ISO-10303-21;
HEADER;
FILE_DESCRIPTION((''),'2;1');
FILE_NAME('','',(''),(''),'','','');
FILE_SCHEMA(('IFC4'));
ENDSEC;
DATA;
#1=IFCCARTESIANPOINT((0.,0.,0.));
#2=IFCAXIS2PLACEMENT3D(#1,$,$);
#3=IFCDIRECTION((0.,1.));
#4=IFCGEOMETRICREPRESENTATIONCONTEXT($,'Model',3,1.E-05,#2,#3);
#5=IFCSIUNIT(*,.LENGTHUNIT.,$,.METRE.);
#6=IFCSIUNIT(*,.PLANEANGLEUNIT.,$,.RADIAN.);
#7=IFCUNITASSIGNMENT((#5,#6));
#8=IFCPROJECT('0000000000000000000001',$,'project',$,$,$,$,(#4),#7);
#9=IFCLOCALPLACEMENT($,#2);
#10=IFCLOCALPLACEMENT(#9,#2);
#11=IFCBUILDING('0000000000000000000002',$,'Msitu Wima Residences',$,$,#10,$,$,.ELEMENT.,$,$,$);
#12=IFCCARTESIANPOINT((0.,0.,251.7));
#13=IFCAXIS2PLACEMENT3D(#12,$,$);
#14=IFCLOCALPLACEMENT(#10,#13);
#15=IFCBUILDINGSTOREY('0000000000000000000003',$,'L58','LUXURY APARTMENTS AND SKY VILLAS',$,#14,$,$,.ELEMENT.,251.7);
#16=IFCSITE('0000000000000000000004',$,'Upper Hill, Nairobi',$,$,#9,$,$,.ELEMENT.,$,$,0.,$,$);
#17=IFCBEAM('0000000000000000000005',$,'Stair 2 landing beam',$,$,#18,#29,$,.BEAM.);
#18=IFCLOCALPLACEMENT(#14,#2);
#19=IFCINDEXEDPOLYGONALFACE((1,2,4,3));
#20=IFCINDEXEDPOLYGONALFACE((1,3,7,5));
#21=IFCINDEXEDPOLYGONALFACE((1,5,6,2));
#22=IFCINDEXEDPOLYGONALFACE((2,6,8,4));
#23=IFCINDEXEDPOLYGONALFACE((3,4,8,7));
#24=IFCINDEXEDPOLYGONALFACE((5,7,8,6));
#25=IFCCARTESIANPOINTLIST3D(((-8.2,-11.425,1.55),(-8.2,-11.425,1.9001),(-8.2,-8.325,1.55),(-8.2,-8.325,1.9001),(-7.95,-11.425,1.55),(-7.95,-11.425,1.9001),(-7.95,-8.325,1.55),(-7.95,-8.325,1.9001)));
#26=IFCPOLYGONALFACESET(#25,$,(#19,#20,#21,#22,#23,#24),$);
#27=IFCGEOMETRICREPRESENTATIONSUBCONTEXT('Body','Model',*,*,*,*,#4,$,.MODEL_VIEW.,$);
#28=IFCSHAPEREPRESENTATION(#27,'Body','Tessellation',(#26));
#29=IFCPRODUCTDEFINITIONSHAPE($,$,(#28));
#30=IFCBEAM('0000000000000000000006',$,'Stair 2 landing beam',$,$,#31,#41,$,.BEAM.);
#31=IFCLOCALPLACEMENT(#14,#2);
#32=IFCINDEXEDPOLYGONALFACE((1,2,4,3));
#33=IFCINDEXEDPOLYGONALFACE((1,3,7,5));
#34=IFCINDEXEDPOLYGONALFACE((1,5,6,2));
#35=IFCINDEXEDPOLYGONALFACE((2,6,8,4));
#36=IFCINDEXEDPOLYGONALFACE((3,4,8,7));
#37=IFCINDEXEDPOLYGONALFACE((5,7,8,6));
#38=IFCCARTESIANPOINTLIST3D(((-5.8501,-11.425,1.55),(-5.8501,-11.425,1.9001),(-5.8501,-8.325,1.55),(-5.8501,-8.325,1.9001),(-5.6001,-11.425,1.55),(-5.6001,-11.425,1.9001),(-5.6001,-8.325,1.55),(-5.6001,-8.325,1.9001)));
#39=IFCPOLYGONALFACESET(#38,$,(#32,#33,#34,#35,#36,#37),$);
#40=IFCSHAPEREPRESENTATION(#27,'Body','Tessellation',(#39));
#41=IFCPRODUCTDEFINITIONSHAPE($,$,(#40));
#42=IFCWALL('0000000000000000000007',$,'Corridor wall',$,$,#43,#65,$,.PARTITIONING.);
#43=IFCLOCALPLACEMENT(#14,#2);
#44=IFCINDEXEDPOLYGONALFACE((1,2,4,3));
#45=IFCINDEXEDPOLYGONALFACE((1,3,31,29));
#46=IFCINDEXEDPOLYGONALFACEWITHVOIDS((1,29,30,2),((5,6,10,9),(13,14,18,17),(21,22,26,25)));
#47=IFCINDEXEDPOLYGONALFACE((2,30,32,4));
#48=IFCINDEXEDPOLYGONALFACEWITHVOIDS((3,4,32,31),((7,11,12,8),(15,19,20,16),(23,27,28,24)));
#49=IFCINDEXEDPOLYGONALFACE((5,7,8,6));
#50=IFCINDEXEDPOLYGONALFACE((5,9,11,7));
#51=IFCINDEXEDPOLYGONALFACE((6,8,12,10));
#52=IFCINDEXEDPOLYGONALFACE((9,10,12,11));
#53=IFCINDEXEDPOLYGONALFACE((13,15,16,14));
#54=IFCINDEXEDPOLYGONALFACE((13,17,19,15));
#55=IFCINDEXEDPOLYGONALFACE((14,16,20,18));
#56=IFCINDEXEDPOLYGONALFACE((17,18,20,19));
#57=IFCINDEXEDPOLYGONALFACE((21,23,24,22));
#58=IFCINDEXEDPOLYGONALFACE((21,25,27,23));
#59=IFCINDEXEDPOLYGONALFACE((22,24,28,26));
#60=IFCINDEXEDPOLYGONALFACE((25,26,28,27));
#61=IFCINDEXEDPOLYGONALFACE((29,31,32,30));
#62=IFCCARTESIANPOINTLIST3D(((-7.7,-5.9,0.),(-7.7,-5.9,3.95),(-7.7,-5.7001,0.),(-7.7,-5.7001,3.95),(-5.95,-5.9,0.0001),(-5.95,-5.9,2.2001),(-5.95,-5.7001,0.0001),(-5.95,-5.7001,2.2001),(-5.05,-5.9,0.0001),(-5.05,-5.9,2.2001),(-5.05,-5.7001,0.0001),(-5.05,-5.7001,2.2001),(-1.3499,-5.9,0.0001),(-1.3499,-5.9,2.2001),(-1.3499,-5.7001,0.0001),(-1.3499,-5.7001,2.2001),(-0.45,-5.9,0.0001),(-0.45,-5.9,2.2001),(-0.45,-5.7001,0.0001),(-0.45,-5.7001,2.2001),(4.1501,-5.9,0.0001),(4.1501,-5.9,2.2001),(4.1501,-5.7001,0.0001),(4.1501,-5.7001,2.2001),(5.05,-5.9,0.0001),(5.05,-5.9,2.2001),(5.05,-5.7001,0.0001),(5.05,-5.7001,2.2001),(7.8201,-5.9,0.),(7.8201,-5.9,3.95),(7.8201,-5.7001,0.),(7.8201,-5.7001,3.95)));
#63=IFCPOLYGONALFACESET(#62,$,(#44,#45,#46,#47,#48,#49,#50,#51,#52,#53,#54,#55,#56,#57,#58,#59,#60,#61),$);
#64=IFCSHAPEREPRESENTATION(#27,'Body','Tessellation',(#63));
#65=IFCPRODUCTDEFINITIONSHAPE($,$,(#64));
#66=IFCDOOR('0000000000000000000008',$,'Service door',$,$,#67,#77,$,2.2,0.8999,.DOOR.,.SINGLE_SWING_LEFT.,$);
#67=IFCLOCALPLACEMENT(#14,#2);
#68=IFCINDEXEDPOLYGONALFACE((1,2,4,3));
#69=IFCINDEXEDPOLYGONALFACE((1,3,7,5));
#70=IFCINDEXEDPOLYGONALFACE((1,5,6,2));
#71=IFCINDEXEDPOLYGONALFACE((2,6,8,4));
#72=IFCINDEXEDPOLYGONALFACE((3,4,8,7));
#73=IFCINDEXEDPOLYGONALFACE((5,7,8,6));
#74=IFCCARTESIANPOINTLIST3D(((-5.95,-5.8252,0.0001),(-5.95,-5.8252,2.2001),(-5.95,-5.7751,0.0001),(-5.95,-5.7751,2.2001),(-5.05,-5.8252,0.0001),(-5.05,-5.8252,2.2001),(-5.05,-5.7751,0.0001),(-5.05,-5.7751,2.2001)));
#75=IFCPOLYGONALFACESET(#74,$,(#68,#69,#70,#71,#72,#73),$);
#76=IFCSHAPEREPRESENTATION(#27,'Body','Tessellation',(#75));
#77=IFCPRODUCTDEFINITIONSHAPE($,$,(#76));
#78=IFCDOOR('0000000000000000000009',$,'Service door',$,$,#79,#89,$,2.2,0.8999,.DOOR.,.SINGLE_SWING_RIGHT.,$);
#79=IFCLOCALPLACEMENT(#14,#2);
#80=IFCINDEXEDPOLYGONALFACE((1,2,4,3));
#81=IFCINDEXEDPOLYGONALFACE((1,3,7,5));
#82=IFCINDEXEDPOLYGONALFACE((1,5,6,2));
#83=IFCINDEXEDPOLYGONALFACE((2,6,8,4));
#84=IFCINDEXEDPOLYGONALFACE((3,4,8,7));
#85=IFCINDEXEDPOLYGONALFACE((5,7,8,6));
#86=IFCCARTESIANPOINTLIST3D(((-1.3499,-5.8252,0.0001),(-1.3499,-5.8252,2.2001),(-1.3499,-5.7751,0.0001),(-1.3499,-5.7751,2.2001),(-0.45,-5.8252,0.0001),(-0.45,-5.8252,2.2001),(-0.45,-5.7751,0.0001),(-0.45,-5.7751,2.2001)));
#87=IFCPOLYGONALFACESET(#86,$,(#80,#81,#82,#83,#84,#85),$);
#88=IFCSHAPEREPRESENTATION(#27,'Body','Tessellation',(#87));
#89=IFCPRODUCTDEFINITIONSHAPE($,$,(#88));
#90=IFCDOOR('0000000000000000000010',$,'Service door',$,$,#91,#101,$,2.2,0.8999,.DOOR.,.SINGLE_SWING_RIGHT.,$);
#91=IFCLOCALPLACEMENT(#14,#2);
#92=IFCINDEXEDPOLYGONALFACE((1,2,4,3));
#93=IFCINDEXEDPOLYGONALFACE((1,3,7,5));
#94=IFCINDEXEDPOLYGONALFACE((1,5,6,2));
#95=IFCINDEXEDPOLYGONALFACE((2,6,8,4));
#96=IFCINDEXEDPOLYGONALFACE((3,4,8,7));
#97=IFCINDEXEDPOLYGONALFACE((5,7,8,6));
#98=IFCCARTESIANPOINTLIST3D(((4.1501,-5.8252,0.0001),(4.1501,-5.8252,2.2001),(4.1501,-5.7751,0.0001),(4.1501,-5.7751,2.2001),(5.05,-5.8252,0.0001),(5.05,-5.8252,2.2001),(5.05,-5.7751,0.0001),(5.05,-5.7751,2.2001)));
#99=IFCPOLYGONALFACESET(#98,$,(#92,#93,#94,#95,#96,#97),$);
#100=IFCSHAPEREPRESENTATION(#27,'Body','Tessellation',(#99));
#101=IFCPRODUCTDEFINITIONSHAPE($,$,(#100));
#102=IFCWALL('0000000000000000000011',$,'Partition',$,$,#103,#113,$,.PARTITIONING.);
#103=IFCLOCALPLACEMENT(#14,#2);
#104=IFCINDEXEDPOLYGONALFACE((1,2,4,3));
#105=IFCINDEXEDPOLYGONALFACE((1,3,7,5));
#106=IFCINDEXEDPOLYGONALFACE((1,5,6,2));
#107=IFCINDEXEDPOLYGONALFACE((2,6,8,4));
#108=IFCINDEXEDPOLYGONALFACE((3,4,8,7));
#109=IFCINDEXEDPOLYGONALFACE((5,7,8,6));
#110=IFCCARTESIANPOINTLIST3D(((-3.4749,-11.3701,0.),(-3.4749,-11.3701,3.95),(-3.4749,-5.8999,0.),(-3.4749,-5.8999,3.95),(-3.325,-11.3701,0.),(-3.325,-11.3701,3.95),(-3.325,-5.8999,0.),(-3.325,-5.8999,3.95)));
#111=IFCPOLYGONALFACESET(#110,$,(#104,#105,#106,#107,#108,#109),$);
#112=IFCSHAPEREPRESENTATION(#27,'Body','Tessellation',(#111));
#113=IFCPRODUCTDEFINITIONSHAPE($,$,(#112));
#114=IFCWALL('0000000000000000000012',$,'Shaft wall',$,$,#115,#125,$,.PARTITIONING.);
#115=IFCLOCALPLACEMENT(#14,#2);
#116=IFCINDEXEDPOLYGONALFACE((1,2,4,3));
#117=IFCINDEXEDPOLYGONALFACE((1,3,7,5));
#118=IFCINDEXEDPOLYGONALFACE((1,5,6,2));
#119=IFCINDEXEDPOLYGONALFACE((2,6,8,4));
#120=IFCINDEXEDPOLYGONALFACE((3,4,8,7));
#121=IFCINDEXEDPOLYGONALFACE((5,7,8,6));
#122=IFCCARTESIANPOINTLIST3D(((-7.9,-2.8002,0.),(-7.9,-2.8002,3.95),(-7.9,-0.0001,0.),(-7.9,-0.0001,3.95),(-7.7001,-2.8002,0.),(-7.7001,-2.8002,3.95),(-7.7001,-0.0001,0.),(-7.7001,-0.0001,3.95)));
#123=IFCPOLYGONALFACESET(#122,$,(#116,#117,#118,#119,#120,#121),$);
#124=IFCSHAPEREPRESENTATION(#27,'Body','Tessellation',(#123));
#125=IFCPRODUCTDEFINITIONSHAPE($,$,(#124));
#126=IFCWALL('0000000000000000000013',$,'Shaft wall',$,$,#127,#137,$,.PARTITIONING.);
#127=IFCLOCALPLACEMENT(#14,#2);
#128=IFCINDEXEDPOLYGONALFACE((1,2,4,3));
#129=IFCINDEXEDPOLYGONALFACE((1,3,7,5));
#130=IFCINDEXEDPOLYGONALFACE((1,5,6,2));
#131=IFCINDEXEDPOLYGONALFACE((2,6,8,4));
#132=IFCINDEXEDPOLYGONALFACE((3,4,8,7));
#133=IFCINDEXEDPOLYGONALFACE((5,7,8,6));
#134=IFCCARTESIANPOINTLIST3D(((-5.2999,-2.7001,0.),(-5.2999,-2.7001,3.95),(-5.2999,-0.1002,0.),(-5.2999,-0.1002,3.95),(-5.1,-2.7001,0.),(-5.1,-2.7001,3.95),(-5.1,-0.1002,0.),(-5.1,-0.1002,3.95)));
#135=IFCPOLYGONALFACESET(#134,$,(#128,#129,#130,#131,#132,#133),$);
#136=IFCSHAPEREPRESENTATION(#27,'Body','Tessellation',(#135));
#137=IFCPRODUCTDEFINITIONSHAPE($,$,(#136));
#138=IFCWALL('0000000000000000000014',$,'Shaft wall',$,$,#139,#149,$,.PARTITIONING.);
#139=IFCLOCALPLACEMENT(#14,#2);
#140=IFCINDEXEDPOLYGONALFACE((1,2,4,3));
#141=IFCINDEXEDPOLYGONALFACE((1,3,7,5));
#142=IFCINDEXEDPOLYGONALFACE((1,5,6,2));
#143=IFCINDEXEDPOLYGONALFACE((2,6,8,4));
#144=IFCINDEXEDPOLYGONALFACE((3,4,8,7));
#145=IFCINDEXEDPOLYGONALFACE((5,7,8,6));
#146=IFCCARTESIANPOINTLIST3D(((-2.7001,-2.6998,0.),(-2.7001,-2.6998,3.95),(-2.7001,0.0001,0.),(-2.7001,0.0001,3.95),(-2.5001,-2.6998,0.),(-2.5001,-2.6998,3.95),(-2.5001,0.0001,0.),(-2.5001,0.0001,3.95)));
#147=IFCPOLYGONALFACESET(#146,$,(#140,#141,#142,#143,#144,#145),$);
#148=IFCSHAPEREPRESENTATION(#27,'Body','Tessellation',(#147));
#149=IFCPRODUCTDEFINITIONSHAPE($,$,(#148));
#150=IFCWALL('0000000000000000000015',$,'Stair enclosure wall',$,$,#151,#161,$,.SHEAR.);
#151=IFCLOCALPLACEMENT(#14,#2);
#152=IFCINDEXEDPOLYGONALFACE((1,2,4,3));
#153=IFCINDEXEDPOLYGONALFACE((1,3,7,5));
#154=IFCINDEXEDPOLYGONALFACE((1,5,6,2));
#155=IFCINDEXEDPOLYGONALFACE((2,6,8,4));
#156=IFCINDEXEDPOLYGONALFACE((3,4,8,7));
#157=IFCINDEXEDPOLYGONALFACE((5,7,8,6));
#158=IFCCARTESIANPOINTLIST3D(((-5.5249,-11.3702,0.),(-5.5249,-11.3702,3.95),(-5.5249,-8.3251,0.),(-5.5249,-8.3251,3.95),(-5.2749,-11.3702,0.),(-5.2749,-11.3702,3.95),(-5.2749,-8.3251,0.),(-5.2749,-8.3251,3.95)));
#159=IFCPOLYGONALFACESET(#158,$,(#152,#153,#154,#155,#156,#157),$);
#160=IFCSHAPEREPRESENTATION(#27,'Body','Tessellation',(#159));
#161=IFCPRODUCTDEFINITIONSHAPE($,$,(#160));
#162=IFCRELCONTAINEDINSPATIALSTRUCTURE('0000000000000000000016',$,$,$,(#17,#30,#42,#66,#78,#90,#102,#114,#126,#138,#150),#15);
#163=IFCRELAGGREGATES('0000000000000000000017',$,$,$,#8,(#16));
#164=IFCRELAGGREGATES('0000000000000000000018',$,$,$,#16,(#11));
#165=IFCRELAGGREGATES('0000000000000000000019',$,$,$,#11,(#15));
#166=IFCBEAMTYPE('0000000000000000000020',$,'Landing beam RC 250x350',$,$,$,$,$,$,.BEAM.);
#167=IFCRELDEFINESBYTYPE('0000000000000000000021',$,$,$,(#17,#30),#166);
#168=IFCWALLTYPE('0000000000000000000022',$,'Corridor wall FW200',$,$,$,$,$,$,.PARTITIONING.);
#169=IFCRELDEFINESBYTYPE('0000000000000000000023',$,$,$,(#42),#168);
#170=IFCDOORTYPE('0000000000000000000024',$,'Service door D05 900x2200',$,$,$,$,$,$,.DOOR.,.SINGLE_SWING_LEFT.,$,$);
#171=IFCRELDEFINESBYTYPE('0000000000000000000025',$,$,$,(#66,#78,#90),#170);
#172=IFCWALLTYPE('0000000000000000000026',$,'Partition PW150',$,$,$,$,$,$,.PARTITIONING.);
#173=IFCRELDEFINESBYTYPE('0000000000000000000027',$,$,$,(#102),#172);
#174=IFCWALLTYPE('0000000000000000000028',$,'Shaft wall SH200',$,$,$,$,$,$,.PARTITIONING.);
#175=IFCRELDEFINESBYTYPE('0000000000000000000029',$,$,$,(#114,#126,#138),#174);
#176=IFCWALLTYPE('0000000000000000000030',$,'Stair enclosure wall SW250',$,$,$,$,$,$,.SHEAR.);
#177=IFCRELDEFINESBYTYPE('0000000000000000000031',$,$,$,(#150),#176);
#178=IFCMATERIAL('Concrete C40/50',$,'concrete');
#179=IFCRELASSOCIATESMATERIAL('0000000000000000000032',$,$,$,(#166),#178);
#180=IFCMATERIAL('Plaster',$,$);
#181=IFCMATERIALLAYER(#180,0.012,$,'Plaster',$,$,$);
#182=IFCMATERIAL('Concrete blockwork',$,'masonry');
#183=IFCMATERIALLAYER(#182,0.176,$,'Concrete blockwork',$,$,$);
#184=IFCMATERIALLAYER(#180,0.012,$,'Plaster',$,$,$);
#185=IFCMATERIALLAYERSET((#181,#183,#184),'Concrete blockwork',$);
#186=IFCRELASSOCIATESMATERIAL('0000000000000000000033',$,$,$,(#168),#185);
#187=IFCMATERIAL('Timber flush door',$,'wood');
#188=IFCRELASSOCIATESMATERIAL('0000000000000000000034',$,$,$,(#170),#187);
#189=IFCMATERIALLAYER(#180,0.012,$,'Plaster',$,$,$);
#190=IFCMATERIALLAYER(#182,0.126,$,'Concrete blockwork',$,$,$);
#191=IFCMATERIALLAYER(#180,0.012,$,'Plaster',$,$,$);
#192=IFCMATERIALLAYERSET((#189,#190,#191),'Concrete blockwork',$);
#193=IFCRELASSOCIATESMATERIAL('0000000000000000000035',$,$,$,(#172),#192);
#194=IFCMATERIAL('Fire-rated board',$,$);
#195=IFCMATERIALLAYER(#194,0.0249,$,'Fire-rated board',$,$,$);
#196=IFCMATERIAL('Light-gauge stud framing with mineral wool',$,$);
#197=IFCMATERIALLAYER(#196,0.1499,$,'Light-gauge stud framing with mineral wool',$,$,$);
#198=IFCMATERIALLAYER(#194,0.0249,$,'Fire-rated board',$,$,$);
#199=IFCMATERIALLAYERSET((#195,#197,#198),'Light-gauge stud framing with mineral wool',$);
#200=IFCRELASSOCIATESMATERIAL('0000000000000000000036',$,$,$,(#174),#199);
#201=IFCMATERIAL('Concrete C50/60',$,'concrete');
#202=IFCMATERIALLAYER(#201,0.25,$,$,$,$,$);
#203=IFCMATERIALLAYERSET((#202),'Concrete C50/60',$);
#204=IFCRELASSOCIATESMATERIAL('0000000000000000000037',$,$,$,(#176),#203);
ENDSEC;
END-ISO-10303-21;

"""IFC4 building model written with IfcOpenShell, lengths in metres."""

from ifc_helpers import new_model, si_unit, direction, frame, frame_2d, origin, origin_2d, place, context, subcontext, project, spatial, rectangle, extrude, material, layer, layer_set, material_profile, profile_set, type_object, element, fill, save


model = new_model("IFC4")

# Units and contexts
model_context = context("Model", 3, precision=1e-05, world=origin(), true_north=direction((0.0, 1.0)))
body_context = subcontext(model_context, "Body", "Model", "MODEL_VIEW")
ifc_project = project(units=[si_unit("LENGTHUNIT", "METRE"), si_unit("PLANEANGLEUNIT", "RADIAN")], contexts=[model_context])

# Site, building, storey
site_placement = place(None, origin())
site = spatial("IfcSite", under=ifc_project, at=site_placement, Name="Upper Hill, Nairobi", CompositionType="ELEMENT", RefElevation=0.0)
building_placement = place(site_placement, origin())
building = spatial("IfcBuilding", under=site, at=building_placement, Name="Msitu Wima Residences", CompositionType="ELEMENT")
storey_placement = place(building_placement, frame((0.0, 0.0, 251.7)))
storey = spatial("IfcBuildingStorey", under=building, at=storey_placement, Name="L58", Description="LUXURY APARTMENTS AND SKY VILLAS", CompositionType="ELEMENT", Elevation=251.7)

# Beams
ifc_material_1 = material(Name="Concrete C40/50", Category="concrete")
ifc_material_profile = material_profile(ifc_material_1, rectangle(XDim=0.25, YDim=0.3501, at=origin_2d()), Name="RC 250x350")
ifc_profile_set = profile_set([ifc_material_profile], Name="Concrete C40/50")
beam_type = type_object("IfcBeamType", Name="Landing beam RC 250x350", PredefinedType="BEAM", material=ifc_profile_set)
for number, where, z_axis, x_axis, name in (
    (1, (-8.075, -11.425, 1.7251), (0.0, 1.0, 0.0), (-1.0, 0.0, 0.0), "Stair 2 landing beam"),
    (2, (-5.7251, -11.425, 1.7251), (0.0, 1.0, 0.0), (-1.0, 0.0, 0.0), "Stair 2 landing beam"),
):
    element("IfcBeam", number, at=place(storey_placement, frame(where, z_axis=z_axis, x_axis=x_axis)), inside=storey, type_object=beam_type, Name=name, PredefinedType="BEAM", context=body_context, shape_type="SweptSolid", body=[
        extrude(rectangle(XDim=0.25, YDim=0.3501, at=origin_2d()), origin(), (0.0, 0.0, 1.0), 3.1001),
    ])

# Shared definitions
ifc_material_2 = material(Name="Plaster")
ifc_layer_1 = layer(ifc_material_2, 0.012, Name="Plaster")
ifc_material_3 = material(Name="Concrete blockwork", Category="masonry")
ifc_layer_2 = layer(ifc_material_3, 0.176, Name="Concrete blockwork")
ifc_layer_3 = layer(ifc_material_2, 0.012, Name="Plaster")
ifc_layer_set_1 = layer_set([ifc_layer_1, ifc_layer_2, ifc_layer_3], Name="Concrete blockwork")
wall_type_1 = type_object("IfcWallType", Name="Corridor wall FW200", PredefinedType="PARTITIONING", material=ifc_layer_set_1)

# Wall, openings, doors
wall_1_placement = place(storey_placement, frame((-7.7, -5.8, 0.0), z_axis=(0.0, 0.0, 1.0), x_axis=(1.0, 0.0, 0.0)))
wall_1 = element("IfcWall", 3, at=wall_1_placement, inside=storey, type_object=wall_type_1, Name="Corridor wall", PredefinedType="PARTITIONING", context=body_context, shape_type="SweptSolid", body=[
    extrude(rectangle(XDim=15.52, YDim=0.2, at=frame_2d((7.76, 0.0))), origin(), (0.0, 0.0, 1.0), 3.95),
])
opening_1_placement = place(wall_1_placement, frame((1.75, 0.0, 0.0)))
opening_1 = element("IfcOpeningElement", 4, at=opening_1_placement, cuts=wall_1, PredefinedType="OPENING", context=body_context, shape_type="SweptSolid", body=[
    extrude(rectangle(XDim=0.8999, YDim=2.2, at=frame_2d((0.45, 1.1001))), frame((0.0, 0.1099, 0.0), z_axis=(0.0, -1.0, 0.0), x_axis=(1.0, 0.0, 0.0)), (0.0, 0.0, 1.0), 0.22),
])
opening_2_placement = place(wall_1_placement, frame((6.3501, 0.0, 0.0)))
opening_2 = element("IfcOpeningElement", 5, at=opening_2_placement, cuts=wall_1, PredefinedType="OPENING", context=body_context, shape_type="SweptSolid", body=[
    extrude(rectangle(XDim=0.8999, YDim=2.2, at=frame_2d((0.45, 1.1001))), frame((0.0, 0.1099, 0.0), z_axis=(0.0, -1.0, 0.0), x_axis=(1.0, 0.0, 0.0)), (0.0, 0.0, 1.0), 0.22),
])
opening_3_placement = place(wall_1_placement, frame((11.8501, 0.0, 0.0)))
opening_3 = element("IfcOpeningElement", 6, at=opening_3_placement, cuts=wall_1, PredefinedType="OPENING", context=body_context, shape_type="SweptSolid", body=[
    extrude(rectangle(XDim=0.8999, YDim=2.2, at=frame_2d((0.45, 1.1001))), frame((0.0, 0.1099, 0.0), z_axis=(0.0, -1.0, 0.0), x_axis=(1.0, 0.0, 0.0)), (0.0, 0.0, 1.0), 0.22),
])
ifc_material_4 = material(Name="Timber flush door", Category="wood")
door_type_1 = type_object("IfcDoorType", Name="Service door D05 900x2200", OperationType="SINGLE_SWING_LEFT", PredefinedType="DOOR", material=ifc_material_4)
door_1_placement = place(opening_1_placement, origin())
door_1 = element("IfcDoor", 7, at=door_1_placement, inside=storey, type_object=door_type_1, Name="Service door", OperationType="SINGLE_SWING_LEFT", OverallHeight=2.2, OverallWidth=0.8999, PredefinedType="DOOR", context=body_context, shape_type="SweptSolid", body=[
    extrude(rectangle(XDim=0.8999, YDim=2.2, at=frame_2d((0.45, 1.1001))), frame((0.0, 0.0249, 0.0), z_axis=(0.0, -1.0, 0.0), x_axis=(1.0, 0.0, 0.0)), (0.0, 0.0, 1.0), 0.05),
])
fill(opening_1, door_1)
door_2_placement = place(opening_2_placement, origin())
door_2 = element("IfcDoor", 8, at=door_2_placement, inside=storey, type_object=door_type_1, Name="Service door", OperationType="SINGLE_SWING_RIGHT", OverallHeight=2.2, OverallWidth=0.8999, PredefinedType="DOOR", context=body_context, shape_type="SweptSolid", body=[
    extrude(rectangle(XDim=0.8999, YDim=2.2, at=frame_2d((0.45, 1.1001))), frame((0.0, 0.0249, 0.0), z_axis=(0.0, -1.0, 0.0), x_axis=(1.0, 0.0, 0.0)), (0.0, 0.0, 1.0), 0.05),
])
fill(opening_2, door_2)
door_3_placement = place(opening_3_placement, origin())
door_3 = element("IfcDoor", 9, at=door_3_placement, inside=storey, type_object=door_type_1, Name="Service door", OperationType="SINGLE_SWING_RIGHT", OverallHeight=2.2, OverallWidth=0.8999, PredefinedType="DOOR", context=body_context, shape_type="SweptSolid", body=[
    extrude(rectangle(XDim=0.8999, YDim=2.2, at=frame_2d((0.45, 1.1001))), frame((0.0, 0.0249, 0.0), z_axis=(0.0, -1.0, 0.0), x_axis=(1.0, 0.0, 0.0)), (0.0, 0.0, 1.0), 0.05),
])
fill(opening_3, door_3)

# Walls
ifc_layer_4 = layer(ifc_material_2, 0.012, Name="Plaster")
ifc_layer_5 = layer(ifc_material_3, 0.126, Name="Concrete blockwork")
ifc_layer_6 = layer(ifc_material_2, 0.012, Name="Plaster")
ifc_layer_set_2 = layer_set([ifc_layer_4, ifc_layer_5, ifc_layer_6], Name="Concrete blockwork")
wall_type_2 = type_object("IfcWallType", Name="Partition PW150", PredefinedType="PARTITIONING", material=ifc_layer_set_2)
wall_2_placement = place(storey_placement, frame((-3.3999, -11.3701, 0.0), z_axis=(0.0, 0.0, 1.0), x_axis=(0.0, 1.0, 0.0)))
element("IfcWall", 10, at=wall_2_placement, inside=storey, type_object=wall_type_2, Name="Partition", PredefinedType="PARTITIONING", context=body_context, shape_type="SweptSolid", body=[
    extrude(rectangle(XDim=5.4702, YDim=0.1499, at=frame_2d((2.7351, 0.0))), origin(), (0.0, 0.0, 1.0), 3.95),
])
ifc_material_5 = material(Name="Fire-rated board")
ifc_layer_7 = layer(ifc_material_5, 0.0249, Name="Fire-rated board")
ifc_material_6 = material(Name="Light-gauge stud framing with mineral wool")
ifc_layer_8 = layer(ifc_material_6, 0.1499, Name="Light-gauge stud framing with mineral wool")
ifc_layer_9 = layer(ifc_material_5, 0.0249, Name="Fire-rated board")
ifc_layer_set_3 = layer_set([ifc_layer_7, ifc_layer_8, ifc_layer_9], Name="Light-gauge stud framing with mineral wool")
wall_type_3 = type_object("IfcWallType", Name="Shaft wall SH200", PredefinedType="PARTITIONING", material=ifc_layer_set_3)
wall_3_placement = place(storey_placement, frame((-7.8, -2.8, 0.0), z_axis=(0.0, 0.0, 1.0), x_axis=(0.0, 1.0, 0.0)))
element("IfcWall", 11, at=wall_3_placement, inside=storey, type_object=wall_type_3, Name="Shaft wall", PredefinedType="PARTITIONING", context=body_context, shape_type="SweptSolid", body=[
    extrude(rectangle(XDim=2.8, YDim=0.2, at=frame_2d((1.3999, 0.0))), origin(), (0.0, 0.0, 1.0), 3.95),
])
wall_4_placement = place(storey_placement, frame((-5.2, -2.7, 0.0), z_axis=(0.0, 0.0, 1.0), x_axis=(0.0, 1.0, 0.0)))
element("IfcWall", 12, at=wall_4_placement, inside=storey, type_object=wall_type_3, Name="Shaft wall", PredefinedType="PARTITIONING", context=body_context, shape_type="SweptSolid", body=[
    extrude(rectangle(XDim=2.5999, YDim=0.2, at=frame_2d((1.2998, 0.0))), origin(), (0.0, 0.0, 1.0), 3.95),
])
wall_5_placement = place(storey_placement, frame((-2.6001, -2.7, 0.0), z_axis=(0.0, 0.0, 1.0), x_axis=(0.0, 1.0, 0.0)))
element("IfcWall", 13, at=wall_5_placement, inside=storey, type_object=wall_type_3, Name="Shaft wall", PredefinedType="PARTITIONING", context=body_context, shape_type="SweptSolid", body=[
    extrude(rectangle(XDim=2.7, YDim=0.2, at=frame_2d((1.3501, 0.0))), origin(), (0.0, 0.0, 1.0), 3.95),
])
ifc_material_7 = material(Name="Concrete C50/60", Category="concrete")
ifc_layer_10 = layer(ifc_material_7, 0.25)
ifc_layer_set_4 = layer_set([ifc_layer_10], Name="Concrete C50/60")
wall_type_4 = type_object("IfcWallType", Name="Stair enclosure wall SW250", PredefinedType="SHEAR", material=ifc_layer_set_4)
wall_6_placement = place(storey_placement, frame((-5.3999, -11.3701, 0.0), z_axis=(0.0, 0.0, 1.0), x_axis=(0.0, 1.0, 0.0)))
element("IfcWall", 14, at=wall_6_placement, inside=storey, type_object=wall_type_4, Name="Stair enclosure wall", PredefinedType="SHEAR", context=body_context, shape_type="SweptSolid", body=[
    extrude(rectangle(XDim=3.0452, YDim=0.25, at=frame_2d((1.5225, 0.0))), origin(), (0.0, 0.0, 1.0), 3.95),
])

save(model, "model.ifc")
